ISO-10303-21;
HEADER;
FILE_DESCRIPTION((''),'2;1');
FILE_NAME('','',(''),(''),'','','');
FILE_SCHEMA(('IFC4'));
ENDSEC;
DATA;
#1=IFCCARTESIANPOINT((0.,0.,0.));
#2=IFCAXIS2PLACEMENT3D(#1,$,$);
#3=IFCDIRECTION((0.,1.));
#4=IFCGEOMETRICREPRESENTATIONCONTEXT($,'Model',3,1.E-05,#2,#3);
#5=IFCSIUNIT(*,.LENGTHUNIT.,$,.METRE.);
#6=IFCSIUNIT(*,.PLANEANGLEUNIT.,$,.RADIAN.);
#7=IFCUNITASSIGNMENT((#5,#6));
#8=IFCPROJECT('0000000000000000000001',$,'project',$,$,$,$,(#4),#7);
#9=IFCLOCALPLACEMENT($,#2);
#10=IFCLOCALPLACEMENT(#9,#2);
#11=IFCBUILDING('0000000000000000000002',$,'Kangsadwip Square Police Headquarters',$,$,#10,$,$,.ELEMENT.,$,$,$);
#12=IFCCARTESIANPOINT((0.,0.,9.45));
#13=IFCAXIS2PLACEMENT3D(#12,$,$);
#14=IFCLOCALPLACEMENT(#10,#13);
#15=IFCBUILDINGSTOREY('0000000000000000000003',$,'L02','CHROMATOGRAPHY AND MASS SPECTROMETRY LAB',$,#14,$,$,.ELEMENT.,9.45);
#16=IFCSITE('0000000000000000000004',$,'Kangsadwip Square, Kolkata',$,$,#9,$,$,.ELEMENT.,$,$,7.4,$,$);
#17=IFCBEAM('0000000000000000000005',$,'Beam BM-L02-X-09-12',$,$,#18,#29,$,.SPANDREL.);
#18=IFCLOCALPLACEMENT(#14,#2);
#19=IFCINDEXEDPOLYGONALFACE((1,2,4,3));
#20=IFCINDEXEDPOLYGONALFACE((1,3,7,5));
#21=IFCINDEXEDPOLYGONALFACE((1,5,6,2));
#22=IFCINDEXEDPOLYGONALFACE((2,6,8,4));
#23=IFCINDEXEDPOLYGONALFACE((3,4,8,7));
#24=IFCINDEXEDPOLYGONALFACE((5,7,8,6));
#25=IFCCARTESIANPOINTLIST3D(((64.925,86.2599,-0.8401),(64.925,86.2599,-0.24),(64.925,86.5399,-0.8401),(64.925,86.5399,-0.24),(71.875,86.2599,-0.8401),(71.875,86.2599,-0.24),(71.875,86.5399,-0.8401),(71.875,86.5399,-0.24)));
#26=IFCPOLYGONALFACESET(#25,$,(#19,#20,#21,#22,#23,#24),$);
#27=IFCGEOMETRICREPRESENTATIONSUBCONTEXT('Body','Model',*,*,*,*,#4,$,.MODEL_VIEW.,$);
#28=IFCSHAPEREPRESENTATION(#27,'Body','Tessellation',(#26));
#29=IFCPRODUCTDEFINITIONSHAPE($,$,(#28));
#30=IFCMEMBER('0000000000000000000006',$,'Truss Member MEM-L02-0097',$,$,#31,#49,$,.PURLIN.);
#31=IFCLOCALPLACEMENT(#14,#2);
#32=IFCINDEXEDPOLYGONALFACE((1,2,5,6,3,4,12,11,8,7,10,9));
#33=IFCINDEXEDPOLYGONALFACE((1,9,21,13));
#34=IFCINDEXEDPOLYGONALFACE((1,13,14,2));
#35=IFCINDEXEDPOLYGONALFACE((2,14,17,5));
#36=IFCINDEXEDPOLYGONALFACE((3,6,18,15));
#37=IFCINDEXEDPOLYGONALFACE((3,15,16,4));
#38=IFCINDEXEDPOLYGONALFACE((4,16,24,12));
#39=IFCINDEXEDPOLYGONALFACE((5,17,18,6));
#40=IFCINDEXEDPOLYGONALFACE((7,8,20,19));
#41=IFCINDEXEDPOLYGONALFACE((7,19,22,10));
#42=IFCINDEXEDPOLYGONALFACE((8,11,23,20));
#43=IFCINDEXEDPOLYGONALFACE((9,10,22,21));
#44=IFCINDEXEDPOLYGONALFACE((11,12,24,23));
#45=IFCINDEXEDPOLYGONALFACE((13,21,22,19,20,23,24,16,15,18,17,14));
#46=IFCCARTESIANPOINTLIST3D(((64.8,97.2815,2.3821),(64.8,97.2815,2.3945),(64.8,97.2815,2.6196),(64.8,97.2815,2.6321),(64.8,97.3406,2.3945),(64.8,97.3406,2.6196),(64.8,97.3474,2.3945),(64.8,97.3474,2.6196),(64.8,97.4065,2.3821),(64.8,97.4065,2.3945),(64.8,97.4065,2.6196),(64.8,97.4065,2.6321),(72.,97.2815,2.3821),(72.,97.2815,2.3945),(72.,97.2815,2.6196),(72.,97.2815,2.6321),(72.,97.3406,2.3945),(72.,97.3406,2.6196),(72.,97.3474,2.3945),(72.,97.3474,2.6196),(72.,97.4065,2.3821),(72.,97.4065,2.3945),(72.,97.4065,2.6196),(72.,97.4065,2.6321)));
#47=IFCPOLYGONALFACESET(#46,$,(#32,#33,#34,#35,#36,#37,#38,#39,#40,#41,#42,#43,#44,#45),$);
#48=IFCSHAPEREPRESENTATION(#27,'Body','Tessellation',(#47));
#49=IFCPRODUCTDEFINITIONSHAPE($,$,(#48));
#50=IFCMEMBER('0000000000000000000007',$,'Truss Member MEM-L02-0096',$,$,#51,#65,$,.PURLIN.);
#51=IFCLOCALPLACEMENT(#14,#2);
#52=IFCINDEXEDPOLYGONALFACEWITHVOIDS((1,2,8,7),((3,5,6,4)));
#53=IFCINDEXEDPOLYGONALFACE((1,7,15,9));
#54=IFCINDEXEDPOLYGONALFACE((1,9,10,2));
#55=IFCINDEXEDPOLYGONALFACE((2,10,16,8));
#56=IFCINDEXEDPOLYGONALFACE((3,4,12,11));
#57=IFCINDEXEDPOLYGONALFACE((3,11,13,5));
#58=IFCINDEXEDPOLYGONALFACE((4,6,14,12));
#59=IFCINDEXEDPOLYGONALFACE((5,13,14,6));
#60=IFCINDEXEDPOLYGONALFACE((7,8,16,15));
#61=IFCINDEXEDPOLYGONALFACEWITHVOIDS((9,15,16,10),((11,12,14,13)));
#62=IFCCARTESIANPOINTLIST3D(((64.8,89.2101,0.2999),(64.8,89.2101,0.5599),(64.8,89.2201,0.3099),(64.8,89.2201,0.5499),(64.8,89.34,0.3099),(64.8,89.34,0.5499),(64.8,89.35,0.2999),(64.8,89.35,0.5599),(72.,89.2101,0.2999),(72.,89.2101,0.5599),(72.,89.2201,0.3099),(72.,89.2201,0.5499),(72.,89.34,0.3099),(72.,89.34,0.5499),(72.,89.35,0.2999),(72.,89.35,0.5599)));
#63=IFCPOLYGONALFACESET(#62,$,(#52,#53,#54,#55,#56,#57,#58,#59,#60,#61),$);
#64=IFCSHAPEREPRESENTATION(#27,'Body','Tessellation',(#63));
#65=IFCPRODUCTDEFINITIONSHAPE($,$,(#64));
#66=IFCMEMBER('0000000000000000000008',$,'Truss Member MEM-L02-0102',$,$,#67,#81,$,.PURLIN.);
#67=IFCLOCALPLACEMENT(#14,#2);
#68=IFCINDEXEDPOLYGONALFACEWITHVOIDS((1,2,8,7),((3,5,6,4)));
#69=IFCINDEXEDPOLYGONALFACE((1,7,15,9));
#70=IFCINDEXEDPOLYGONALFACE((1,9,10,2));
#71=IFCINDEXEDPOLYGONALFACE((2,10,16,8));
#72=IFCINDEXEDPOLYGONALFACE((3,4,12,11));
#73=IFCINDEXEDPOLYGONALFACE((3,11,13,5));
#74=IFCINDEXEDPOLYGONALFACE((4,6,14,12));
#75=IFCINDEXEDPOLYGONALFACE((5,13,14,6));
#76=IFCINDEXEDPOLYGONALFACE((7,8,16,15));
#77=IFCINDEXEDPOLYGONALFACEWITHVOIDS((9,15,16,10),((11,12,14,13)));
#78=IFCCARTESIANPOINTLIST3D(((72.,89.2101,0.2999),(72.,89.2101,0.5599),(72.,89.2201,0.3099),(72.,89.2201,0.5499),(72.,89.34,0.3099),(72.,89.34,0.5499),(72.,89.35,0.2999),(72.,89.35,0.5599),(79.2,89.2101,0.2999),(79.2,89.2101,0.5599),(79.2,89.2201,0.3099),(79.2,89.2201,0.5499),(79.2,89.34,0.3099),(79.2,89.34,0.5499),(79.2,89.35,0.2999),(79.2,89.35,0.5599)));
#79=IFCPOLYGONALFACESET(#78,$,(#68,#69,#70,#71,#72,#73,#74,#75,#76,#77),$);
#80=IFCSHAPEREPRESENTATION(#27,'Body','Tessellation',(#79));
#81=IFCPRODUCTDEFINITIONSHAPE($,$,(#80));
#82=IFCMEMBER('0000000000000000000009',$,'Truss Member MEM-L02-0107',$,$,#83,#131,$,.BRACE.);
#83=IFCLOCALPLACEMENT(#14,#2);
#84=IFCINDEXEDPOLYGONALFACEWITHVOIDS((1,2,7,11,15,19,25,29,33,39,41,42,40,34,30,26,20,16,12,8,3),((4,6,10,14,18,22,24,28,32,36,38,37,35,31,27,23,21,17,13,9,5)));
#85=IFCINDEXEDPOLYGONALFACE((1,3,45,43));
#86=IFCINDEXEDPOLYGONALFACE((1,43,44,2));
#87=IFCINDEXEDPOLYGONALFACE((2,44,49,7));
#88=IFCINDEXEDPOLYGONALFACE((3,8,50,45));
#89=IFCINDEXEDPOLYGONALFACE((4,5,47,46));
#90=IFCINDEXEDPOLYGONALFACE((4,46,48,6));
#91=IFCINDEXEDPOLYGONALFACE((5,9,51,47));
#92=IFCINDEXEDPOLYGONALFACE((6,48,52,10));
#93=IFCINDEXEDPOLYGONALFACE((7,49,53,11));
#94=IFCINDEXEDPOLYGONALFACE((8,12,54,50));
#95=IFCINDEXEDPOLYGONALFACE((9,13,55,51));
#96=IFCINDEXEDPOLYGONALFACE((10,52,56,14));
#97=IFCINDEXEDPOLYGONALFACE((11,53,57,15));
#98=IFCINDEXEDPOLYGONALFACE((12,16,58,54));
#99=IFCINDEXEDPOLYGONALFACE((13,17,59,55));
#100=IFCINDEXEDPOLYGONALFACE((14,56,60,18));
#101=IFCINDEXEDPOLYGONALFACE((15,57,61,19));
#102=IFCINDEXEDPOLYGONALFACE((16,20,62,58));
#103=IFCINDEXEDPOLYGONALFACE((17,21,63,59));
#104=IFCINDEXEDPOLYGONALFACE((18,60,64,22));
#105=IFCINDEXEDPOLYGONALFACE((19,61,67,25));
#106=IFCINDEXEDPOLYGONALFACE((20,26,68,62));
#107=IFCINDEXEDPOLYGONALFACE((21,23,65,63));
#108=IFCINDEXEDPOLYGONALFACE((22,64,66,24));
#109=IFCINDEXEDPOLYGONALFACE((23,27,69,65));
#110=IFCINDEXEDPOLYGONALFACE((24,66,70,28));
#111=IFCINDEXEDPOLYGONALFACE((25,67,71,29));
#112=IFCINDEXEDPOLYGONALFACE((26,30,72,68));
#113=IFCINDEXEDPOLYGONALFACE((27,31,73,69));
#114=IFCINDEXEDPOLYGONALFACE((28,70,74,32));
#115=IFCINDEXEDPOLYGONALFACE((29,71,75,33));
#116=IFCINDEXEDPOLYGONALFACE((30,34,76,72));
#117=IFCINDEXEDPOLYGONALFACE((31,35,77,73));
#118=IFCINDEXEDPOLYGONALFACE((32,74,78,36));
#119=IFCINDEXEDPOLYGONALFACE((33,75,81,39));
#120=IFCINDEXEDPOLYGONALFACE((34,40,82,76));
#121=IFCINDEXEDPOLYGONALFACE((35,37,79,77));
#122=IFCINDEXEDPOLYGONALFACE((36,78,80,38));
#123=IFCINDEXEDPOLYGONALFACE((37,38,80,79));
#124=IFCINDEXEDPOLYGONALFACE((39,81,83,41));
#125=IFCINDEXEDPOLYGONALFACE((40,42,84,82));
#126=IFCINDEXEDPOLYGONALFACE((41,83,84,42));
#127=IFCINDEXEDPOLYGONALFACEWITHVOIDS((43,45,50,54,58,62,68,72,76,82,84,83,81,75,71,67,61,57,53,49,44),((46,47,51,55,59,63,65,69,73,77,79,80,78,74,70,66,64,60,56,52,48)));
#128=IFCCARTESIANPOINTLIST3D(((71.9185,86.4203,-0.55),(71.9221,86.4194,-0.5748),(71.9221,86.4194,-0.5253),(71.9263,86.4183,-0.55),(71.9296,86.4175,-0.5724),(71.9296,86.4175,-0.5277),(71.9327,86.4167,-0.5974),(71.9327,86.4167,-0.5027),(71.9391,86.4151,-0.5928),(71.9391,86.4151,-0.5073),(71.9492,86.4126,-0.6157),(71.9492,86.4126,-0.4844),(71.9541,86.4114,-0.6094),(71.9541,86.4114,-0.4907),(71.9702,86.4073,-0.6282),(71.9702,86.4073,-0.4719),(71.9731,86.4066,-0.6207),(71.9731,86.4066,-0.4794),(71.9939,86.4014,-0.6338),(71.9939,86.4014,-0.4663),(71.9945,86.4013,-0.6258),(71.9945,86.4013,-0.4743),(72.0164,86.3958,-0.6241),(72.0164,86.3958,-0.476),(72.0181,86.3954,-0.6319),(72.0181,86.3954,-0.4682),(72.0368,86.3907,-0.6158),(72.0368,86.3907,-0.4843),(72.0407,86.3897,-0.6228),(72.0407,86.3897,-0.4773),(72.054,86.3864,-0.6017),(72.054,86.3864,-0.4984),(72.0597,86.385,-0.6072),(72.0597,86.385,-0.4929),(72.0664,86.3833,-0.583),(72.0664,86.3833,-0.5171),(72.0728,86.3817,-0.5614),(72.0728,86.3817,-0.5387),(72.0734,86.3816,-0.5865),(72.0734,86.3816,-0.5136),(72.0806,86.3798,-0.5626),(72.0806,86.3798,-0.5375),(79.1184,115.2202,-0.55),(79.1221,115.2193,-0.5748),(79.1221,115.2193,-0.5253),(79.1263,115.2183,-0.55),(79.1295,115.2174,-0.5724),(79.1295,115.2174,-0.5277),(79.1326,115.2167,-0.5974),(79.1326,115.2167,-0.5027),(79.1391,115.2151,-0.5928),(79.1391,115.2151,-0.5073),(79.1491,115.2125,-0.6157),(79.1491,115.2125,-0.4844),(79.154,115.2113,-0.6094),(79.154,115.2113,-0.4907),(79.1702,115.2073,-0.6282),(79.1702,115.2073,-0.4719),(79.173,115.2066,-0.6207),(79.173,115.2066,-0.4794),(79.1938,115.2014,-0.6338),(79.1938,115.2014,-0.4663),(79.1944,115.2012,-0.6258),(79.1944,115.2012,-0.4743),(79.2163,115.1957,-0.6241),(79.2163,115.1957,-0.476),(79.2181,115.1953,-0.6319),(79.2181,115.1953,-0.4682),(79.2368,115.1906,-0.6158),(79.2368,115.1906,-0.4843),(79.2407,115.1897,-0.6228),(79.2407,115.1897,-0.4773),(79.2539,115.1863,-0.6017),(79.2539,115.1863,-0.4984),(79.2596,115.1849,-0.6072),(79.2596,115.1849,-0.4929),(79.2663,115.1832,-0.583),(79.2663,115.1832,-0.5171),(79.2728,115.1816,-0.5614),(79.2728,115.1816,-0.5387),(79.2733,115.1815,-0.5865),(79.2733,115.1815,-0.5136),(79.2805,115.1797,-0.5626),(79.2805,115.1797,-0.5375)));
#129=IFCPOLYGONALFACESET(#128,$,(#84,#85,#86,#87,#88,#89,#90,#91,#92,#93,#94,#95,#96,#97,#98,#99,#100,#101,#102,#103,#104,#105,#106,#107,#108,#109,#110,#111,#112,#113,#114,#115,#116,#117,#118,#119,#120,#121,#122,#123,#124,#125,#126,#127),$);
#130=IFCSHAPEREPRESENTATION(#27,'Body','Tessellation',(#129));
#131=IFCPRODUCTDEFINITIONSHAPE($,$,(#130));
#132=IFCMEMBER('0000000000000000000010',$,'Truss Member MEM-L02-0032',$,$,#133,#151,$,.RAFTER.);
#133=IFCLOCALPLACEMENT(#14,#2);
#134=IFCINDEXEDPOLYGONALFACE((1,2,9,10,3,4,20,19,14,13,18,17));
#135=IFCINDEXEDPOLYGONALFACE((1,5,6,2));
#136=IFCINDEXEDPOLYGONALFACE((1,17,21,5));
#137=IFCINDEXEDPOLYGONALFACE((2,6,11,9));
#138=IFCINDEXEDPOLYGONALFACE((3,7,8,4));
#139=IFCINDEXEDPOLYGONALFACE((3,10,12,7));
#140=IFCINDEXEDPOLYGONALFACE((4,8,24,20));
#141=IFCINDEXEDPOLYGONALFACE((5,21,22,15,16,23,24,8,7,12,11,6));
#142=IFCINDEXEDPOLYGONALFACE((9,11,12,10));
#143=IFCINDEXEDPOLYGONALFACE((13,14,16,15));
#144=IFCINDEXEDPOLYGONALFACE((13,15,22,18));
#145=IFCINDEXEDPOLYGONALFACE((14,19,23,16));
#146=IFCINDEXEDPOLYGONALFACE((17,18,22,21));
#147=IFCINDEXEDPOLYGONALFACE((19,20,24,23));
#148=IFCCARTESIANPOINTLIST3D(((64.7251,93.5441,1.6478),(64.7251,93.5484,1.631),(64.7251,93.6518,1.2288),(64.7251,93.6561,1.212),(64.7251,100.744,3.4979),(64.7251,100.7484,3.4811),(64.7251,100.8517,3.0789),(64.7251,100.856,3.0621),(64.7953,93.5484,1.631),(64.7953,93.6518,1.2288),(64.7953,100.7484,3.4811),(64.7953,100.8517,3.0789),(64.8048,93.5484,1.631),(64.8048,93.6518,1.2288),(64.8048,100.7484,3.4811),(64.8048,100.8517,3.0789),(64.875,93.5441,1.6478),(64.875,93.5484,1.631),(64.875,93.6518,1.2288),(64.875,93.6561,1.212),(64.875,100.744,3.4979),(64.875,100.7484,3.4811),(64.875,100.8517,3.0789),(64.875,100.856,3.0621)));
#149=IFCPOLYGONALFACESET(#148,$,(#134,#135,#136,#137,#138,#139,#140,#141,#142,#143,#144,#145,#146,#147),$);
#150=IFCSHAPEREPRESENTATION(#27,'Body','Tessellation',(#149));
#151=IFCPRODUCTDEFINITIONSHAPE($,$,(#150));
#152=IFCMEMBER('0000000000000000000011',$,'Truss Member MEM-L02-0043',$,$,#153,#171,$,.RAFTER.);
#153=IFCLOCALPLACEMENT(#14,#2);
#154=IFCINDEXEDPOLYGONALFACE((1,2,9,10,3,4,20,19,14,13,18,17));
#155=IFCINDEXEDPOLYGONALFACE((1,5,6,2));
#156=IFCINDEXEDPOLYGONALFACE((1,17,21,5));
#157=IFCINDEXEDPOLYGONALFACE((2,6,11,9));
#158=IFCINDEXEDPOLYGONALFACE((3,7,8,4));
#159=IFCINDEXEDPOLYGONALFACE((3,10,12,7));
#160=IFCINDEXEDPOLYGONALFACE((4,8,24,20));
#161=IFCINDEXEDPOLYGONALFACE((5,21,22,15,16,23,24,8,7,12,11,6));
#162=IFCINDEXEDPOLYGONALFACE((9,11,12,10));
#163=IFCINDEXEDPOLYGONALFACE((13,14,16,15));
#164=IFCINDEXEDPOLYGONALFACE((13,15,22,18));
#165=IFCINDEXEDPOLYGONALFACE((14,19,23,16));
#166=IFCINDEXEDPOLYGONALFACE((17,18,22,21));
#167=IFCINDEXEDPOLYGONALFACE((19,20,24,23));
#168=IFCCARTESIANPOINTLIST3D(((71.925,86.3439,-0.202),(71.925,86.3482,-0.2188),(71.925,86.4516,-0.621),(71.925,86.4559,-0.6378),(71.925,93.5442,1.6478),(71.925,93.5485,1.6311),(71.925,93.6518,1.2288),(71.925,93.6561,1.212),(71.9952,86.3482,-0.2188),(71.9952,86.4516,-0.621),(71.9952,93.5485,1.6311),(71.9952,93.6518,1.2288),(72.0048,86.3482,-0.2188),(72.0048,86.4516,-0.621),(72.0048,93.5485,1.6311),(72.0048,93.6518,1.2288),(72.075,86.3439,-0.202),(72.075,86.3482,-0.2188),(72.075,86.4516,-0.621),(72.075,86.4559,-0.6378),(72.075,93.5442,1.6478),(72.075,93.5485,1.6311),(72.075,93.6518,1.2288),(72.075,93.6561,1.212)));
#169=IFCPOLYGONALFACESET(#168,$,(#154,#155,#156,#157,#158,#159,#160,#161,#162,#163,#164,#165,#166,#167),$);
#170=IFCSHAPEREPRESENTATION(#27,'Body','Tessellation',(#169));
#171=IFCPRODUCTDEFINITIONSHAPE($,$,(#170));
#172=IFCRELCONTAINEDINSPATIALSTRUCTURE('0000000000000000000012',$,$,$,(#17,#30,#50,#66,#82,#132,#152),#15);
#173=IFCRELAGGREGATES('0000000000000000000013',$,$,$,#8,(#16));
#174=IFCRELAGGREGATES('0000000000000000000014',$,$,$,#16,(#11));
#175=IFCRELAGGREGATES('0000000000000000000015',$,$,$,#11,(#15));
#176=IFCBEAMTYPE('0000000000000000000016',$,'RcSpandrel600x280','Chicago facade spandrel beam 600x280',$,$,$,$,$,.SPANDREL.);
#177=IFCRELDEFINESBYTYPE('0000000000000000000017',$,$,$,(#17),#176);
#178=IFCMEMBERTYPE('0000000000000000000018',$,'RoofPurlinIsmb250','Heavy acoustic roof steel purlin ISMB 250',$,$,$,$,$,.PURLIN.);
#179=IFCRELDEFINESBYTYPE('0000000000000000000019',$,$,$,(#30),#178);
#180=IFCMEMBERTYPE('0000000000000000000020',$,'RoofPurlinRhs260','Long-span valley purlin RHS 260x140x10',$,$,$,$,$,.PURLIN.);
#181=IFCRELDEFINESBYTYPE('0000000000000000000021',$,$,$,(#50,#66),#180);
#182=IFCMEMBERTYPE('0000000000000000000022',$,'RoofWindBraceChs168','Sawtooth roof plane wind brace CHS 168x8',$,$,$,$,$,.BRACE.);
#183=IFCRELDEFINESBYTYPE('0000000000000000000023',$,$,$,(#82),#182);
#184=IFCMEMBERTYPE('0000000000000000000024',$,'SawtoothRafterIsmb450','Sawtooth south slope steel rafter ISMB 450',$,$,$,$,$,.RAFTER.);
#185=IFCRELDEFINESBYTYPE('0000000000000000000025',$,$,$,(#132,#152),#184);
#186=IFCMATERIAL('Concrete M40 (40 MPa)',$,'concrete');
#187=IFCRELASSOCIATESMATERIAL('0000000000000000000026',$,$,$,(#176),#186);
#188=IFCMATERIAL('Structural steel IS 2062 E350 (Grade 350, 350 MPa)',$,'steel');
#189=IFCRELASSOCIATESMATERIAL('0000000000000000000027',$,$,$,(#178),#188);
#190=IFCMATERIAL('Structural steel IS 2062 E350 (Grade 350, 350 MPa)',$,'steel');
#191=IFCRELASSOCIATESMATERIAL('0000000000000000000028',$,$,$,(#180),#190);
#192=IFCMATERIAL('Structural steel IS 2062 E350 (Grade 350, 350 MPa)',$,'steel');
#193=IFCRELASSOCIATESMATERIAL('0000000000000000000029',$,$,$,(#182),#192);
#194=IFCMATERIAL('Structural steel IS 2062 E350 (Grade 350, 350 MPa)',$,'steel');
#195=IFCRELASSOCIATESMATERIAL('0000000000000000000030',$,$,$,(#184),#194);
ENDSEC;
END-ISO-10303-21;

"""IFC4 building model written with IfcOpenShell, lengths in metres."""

from ifc_helpers import new_model, si_unit, direction, frame, origin, origin_2d, place, context, subcontext, project, spatial, rectangle, hollow_rectangle, hollow_circle, i_section, extrude, material, material_profile, profile_set, type_object, element, save


model = new_model("IFC4")

# Units and contexts
model_context = context("Model", 3, precision=1e-05, world=origin(), true_north=direction((0.0, 1.0)))
body_context = subcontext(model_context, "Body", "Model", "MODEL_VIEW")
ifc_project = project(units=[si_unit("LENGTHUNIT", "METRE"), si_unit("PLANEANGLEUNIT", "RADIAN")], contexts=[model_context])

# Site, building, storey
site_placement = place(None, origin())
site = spatial("IfcSite", under=ifc_project, at=site_placement, Name="Kangsadwip Square, Kolkata", CompositionType="ELEMENT", RefElevation=7.4)
building_placement = place(site_placement, origin())
building = spatial("IfcBuilding", under=site, at=building_placement, Name="Kangsadwip Square Police Headquarters", CompositionType="ELEMENT")
storey_placement = place(building_placement, frame((0.0, 0.0, 9.45)))
storey = spatial("IfcBuildingStorey", under=building, at=storey_placement, Name="L02", Description="CHROMATOGRAPHY AND MASS SPECTROMETRY LAB", CompositionType="ELEMENT", Elevation=9.45)

# Beam
ifc_material_1 = material(Name="Concrete M40 (40 MPa)", Category="concrete")
ifc_material_profile_1 = material_profile(ifc_material_1, rectangle(XDim=0.28, YDim=0.6001, at=origin_2d()), Name="RC SPN 600X280")
ifc_profile_set_1 = profile_set([ifc_material_profile_1], Name="Concrete M40 (40 MPa)")
beam_type = type_object("IfcBeamType", Name="RcSpandrel600x280", Description="Chicago facade spandrel beam 600x280", PredefinedType="SPANDREL", material=ifc_profile_set_1)
beam_placement = place(storey_placement, frame((64.925, 86.3999, -0.54), z_axis=(1.0, 0.0, 0.0), x_axis=(0.0, 1.0, 0.0)))
element("IfcBeam", 1, at=beam_placement, inside=storey, type_object=beam_type, Name="Beam BM-L02-X-09-12", PredefinedType="SPANDREL", context=body_context, shape_type="SweptSolid", body=[
    extrude(rectangle(XDim=0.28, YDim=0.6001, at=origin_2d()), origin(), (0.0, 0.0, 1.0), 6.95),
])

# Members
ifc_material_2 = material(Name="Structural steel IS 2062 E350 (Grade 350, 350 MPa)", Category="steel")
ifc_material_profile_2 = material_profile(ifc_material_2, i_section(OverallWidth=0.125, OverallDepth=0.25, WebThickness=0.0068, FlangeThickness=0.0125, at=origin_2d()), Name="ISMB 250")
ifc_profile_set_2 = profile_set([ifc_material_profile_2], Name="Structural steel IS 2062 E350 (Grade 350, 350 MPa)")
member_type_1 = type_object("IfcMemberType", Name="RoofPurlinIsmb250", Description="Heavy acoustic roof steel purlin ISMB 250", PredefinedType="PURLIN", material=ifc_profile_set_2)
member_1_placement = place(storey_placement, frame((64.8, 97.344, 2.5071), z_axis=(1.0, 0.0, 0.0), x_axis=(0.0, 1.0, 0.0)))
element("IfcMember", 2, at=member_1_placement, inside=storey, type_object=member_type_1, Name="Truss Member MEM-L02-0097", PredefinedType="PURLIN", context=body_context, shape_type="SweptSolid", body=[
    extrude(i_section(OverallWidth=0.125, OverallDepth=0.25, WebThickness=0.0068, FlangeThickness=0.0125, at=origin_2d()), origin(), (0.0, 0.0, 1.0), 7.2),
])
ifc_material_3 = material(Name="Structural steel IS 2062 E350 (Grade 350, 350 MPa)", Category="steel")
ifc_material_profile_3 = material_profile(ifc_material_3, hollow_rectangle(XDim=0.1399, YDim=0.26, WallThickness=0.01, at=origin_2d()), Name="RHS 260X140X10")
ifc_profile_set_3 = profile_set([ifc_material_profile_3], Name="Structural steel IS 2062 E350 (Grade 350, 350 MPa)")
member_type_2 = type_object("IfcMemberType", Name="RoofPurlinRhs260", Description="Long-span valley purlin RHS 260x140x10", PredefinedType="PURLIN", material=ifc_profile_set_3)
for number, where, z_axis, x_axis, name in (
    (3, (64.8, 89.28, 0.4299), (1.0, 0.0, 0.0), (0.0, 1.0, 0.0), "Truss Member MEM-L02-0096"),
    (4, (72.0, 89.28, 0.4299), (1.0, 0.0, 0.0), (0.0, 1.0, 0.0), "Truss Member MEM-L02-0102"),
):
    element("IfcMember", number, at=place(storey_placement, frame(where, z_axis=z_axis, x_axis=x_axis)), inside=storey, type_object=member_type_2, Name=name, PredefinedType="PURLIN", context=body_context, shape_type="SweptSolid", body=[
        extrude(hollow_rectangle(XDim=0.1399, YDim=0.26, WallThickness=0.01, at=origin_2d()), origin(), (0.0, 0.0, 1.0), 7.2),
    ])
ifc_material_4 = material(Name="Structural steel IS 2062 E350 (Grade 350, 350 MPa)", Category="steel")
ifc_material_profile_4 = material_profile(ifc_material_4, hollow_circle(Radius=0.084, WallThickness=0.0081, at=origin_2d()), Name="CHS 168X8")
ifc_profile_set_4 = profile_set([ifc_material_profile_4], Name="Structural steel IS 2062 E350 (Grade 350, 350 MPa)")
member_type_3 = type_object("IfcMemberType", Name="RoofWindBraceChs168", Description="Sawtooth roof plane wind brace CHS 168x8", PredefinedType="BRACE", material=ifc_profile_set_4)
member_2_placement = place(storey_placement, frame((72.0, 86.3999, -0.55), z_axis=(0.242534, 0.970143, 0.0), x_axis=(-0.970143, 0.242534, 0.0)))
element("IfcMember", 5, at=member_2_placement, inside=storey, type_object=member_type_3, Name="Truss Member MEM-L02-0107", PredefinedType="BRACE", context=body_context, shape_type="SweptSolid", body=[
    extrude(hollow_circle(Radius=0.084, WallThickness=0.0081, at=origin_2d()), origin(), (0.0, 0.0, 1.0), 29.6863),
])
ifc_material_5 = material(Name="Structural steel IS 2062 E350 (Grade 350, 350 MPa)", Category="steel")
ifc_material_profile_5 = material_profile(ifc_material_5, i_section(OverallWidth=0.1499, OverallDepth=0.45, WebThickness=0.0095, FlangeThickness=0.0173, at=origin_2d()), Name="ISMB 450")
ifc_profile_set_5 = profile_set([ifc_material_profile_5], Name="Structural steel IS 2062 E350 (Grade 350, 350 MPa)")
member_type_4 = type_object("IfcMemberType", Name="SawtoothRafterIsmb450", Description="Sawtooth south slope steel rafter ISMB 450", PredefinedType="RAFTER", material=ifc_profile_set_5)
member_3_placement = place(storey_placement, frame((64.8, 93.6001, 1.4299), z_axis=(0.0, 0.968536, 0.248875), x_axis=(-1.0, 0.0, 0.0)))
element("IfcMember", 6, at=member_3_placement, inside=storey, type_object=member_type_4, Name="Truss Member MEM-L02-0032", PredefinedType="RAFTER", context=body_context, shape_type="SweptSolid", body=[
    extrude(i_section(OverallWidth=0.1499, OverallDepth=0.45, WebThickness=0.0095, FlangeThickness=0.0173, at=origin_2d()), origin(), (0.0, 0.0, 1.0), 7.4338),
])
member_4_placement = place(storey_placement, frame((72.0, 86.3999, -0.4199), z_axis=(0.0, 0.968546, 0.248836), x_axis=(-1.0, 0.0, 0.0)))
element("IfcMember", 7, at=member_4_placement, inside=storey, type_object=member_type_4, Name="Truss Member MEM-L02-0043", PredefinedType="RAFTER", context=body_context, shape_type="SweptSolid", body=[
    extrude(i_section(OverallWidth=0.1499, OverallDepth=0.45, WebThickness=0.0095, FlangeThickness=0.0173, at=origin_2d()), origin(), (0.0, 0.0, 1.0), 7.4341),
])

save(model, "model.ifc")
